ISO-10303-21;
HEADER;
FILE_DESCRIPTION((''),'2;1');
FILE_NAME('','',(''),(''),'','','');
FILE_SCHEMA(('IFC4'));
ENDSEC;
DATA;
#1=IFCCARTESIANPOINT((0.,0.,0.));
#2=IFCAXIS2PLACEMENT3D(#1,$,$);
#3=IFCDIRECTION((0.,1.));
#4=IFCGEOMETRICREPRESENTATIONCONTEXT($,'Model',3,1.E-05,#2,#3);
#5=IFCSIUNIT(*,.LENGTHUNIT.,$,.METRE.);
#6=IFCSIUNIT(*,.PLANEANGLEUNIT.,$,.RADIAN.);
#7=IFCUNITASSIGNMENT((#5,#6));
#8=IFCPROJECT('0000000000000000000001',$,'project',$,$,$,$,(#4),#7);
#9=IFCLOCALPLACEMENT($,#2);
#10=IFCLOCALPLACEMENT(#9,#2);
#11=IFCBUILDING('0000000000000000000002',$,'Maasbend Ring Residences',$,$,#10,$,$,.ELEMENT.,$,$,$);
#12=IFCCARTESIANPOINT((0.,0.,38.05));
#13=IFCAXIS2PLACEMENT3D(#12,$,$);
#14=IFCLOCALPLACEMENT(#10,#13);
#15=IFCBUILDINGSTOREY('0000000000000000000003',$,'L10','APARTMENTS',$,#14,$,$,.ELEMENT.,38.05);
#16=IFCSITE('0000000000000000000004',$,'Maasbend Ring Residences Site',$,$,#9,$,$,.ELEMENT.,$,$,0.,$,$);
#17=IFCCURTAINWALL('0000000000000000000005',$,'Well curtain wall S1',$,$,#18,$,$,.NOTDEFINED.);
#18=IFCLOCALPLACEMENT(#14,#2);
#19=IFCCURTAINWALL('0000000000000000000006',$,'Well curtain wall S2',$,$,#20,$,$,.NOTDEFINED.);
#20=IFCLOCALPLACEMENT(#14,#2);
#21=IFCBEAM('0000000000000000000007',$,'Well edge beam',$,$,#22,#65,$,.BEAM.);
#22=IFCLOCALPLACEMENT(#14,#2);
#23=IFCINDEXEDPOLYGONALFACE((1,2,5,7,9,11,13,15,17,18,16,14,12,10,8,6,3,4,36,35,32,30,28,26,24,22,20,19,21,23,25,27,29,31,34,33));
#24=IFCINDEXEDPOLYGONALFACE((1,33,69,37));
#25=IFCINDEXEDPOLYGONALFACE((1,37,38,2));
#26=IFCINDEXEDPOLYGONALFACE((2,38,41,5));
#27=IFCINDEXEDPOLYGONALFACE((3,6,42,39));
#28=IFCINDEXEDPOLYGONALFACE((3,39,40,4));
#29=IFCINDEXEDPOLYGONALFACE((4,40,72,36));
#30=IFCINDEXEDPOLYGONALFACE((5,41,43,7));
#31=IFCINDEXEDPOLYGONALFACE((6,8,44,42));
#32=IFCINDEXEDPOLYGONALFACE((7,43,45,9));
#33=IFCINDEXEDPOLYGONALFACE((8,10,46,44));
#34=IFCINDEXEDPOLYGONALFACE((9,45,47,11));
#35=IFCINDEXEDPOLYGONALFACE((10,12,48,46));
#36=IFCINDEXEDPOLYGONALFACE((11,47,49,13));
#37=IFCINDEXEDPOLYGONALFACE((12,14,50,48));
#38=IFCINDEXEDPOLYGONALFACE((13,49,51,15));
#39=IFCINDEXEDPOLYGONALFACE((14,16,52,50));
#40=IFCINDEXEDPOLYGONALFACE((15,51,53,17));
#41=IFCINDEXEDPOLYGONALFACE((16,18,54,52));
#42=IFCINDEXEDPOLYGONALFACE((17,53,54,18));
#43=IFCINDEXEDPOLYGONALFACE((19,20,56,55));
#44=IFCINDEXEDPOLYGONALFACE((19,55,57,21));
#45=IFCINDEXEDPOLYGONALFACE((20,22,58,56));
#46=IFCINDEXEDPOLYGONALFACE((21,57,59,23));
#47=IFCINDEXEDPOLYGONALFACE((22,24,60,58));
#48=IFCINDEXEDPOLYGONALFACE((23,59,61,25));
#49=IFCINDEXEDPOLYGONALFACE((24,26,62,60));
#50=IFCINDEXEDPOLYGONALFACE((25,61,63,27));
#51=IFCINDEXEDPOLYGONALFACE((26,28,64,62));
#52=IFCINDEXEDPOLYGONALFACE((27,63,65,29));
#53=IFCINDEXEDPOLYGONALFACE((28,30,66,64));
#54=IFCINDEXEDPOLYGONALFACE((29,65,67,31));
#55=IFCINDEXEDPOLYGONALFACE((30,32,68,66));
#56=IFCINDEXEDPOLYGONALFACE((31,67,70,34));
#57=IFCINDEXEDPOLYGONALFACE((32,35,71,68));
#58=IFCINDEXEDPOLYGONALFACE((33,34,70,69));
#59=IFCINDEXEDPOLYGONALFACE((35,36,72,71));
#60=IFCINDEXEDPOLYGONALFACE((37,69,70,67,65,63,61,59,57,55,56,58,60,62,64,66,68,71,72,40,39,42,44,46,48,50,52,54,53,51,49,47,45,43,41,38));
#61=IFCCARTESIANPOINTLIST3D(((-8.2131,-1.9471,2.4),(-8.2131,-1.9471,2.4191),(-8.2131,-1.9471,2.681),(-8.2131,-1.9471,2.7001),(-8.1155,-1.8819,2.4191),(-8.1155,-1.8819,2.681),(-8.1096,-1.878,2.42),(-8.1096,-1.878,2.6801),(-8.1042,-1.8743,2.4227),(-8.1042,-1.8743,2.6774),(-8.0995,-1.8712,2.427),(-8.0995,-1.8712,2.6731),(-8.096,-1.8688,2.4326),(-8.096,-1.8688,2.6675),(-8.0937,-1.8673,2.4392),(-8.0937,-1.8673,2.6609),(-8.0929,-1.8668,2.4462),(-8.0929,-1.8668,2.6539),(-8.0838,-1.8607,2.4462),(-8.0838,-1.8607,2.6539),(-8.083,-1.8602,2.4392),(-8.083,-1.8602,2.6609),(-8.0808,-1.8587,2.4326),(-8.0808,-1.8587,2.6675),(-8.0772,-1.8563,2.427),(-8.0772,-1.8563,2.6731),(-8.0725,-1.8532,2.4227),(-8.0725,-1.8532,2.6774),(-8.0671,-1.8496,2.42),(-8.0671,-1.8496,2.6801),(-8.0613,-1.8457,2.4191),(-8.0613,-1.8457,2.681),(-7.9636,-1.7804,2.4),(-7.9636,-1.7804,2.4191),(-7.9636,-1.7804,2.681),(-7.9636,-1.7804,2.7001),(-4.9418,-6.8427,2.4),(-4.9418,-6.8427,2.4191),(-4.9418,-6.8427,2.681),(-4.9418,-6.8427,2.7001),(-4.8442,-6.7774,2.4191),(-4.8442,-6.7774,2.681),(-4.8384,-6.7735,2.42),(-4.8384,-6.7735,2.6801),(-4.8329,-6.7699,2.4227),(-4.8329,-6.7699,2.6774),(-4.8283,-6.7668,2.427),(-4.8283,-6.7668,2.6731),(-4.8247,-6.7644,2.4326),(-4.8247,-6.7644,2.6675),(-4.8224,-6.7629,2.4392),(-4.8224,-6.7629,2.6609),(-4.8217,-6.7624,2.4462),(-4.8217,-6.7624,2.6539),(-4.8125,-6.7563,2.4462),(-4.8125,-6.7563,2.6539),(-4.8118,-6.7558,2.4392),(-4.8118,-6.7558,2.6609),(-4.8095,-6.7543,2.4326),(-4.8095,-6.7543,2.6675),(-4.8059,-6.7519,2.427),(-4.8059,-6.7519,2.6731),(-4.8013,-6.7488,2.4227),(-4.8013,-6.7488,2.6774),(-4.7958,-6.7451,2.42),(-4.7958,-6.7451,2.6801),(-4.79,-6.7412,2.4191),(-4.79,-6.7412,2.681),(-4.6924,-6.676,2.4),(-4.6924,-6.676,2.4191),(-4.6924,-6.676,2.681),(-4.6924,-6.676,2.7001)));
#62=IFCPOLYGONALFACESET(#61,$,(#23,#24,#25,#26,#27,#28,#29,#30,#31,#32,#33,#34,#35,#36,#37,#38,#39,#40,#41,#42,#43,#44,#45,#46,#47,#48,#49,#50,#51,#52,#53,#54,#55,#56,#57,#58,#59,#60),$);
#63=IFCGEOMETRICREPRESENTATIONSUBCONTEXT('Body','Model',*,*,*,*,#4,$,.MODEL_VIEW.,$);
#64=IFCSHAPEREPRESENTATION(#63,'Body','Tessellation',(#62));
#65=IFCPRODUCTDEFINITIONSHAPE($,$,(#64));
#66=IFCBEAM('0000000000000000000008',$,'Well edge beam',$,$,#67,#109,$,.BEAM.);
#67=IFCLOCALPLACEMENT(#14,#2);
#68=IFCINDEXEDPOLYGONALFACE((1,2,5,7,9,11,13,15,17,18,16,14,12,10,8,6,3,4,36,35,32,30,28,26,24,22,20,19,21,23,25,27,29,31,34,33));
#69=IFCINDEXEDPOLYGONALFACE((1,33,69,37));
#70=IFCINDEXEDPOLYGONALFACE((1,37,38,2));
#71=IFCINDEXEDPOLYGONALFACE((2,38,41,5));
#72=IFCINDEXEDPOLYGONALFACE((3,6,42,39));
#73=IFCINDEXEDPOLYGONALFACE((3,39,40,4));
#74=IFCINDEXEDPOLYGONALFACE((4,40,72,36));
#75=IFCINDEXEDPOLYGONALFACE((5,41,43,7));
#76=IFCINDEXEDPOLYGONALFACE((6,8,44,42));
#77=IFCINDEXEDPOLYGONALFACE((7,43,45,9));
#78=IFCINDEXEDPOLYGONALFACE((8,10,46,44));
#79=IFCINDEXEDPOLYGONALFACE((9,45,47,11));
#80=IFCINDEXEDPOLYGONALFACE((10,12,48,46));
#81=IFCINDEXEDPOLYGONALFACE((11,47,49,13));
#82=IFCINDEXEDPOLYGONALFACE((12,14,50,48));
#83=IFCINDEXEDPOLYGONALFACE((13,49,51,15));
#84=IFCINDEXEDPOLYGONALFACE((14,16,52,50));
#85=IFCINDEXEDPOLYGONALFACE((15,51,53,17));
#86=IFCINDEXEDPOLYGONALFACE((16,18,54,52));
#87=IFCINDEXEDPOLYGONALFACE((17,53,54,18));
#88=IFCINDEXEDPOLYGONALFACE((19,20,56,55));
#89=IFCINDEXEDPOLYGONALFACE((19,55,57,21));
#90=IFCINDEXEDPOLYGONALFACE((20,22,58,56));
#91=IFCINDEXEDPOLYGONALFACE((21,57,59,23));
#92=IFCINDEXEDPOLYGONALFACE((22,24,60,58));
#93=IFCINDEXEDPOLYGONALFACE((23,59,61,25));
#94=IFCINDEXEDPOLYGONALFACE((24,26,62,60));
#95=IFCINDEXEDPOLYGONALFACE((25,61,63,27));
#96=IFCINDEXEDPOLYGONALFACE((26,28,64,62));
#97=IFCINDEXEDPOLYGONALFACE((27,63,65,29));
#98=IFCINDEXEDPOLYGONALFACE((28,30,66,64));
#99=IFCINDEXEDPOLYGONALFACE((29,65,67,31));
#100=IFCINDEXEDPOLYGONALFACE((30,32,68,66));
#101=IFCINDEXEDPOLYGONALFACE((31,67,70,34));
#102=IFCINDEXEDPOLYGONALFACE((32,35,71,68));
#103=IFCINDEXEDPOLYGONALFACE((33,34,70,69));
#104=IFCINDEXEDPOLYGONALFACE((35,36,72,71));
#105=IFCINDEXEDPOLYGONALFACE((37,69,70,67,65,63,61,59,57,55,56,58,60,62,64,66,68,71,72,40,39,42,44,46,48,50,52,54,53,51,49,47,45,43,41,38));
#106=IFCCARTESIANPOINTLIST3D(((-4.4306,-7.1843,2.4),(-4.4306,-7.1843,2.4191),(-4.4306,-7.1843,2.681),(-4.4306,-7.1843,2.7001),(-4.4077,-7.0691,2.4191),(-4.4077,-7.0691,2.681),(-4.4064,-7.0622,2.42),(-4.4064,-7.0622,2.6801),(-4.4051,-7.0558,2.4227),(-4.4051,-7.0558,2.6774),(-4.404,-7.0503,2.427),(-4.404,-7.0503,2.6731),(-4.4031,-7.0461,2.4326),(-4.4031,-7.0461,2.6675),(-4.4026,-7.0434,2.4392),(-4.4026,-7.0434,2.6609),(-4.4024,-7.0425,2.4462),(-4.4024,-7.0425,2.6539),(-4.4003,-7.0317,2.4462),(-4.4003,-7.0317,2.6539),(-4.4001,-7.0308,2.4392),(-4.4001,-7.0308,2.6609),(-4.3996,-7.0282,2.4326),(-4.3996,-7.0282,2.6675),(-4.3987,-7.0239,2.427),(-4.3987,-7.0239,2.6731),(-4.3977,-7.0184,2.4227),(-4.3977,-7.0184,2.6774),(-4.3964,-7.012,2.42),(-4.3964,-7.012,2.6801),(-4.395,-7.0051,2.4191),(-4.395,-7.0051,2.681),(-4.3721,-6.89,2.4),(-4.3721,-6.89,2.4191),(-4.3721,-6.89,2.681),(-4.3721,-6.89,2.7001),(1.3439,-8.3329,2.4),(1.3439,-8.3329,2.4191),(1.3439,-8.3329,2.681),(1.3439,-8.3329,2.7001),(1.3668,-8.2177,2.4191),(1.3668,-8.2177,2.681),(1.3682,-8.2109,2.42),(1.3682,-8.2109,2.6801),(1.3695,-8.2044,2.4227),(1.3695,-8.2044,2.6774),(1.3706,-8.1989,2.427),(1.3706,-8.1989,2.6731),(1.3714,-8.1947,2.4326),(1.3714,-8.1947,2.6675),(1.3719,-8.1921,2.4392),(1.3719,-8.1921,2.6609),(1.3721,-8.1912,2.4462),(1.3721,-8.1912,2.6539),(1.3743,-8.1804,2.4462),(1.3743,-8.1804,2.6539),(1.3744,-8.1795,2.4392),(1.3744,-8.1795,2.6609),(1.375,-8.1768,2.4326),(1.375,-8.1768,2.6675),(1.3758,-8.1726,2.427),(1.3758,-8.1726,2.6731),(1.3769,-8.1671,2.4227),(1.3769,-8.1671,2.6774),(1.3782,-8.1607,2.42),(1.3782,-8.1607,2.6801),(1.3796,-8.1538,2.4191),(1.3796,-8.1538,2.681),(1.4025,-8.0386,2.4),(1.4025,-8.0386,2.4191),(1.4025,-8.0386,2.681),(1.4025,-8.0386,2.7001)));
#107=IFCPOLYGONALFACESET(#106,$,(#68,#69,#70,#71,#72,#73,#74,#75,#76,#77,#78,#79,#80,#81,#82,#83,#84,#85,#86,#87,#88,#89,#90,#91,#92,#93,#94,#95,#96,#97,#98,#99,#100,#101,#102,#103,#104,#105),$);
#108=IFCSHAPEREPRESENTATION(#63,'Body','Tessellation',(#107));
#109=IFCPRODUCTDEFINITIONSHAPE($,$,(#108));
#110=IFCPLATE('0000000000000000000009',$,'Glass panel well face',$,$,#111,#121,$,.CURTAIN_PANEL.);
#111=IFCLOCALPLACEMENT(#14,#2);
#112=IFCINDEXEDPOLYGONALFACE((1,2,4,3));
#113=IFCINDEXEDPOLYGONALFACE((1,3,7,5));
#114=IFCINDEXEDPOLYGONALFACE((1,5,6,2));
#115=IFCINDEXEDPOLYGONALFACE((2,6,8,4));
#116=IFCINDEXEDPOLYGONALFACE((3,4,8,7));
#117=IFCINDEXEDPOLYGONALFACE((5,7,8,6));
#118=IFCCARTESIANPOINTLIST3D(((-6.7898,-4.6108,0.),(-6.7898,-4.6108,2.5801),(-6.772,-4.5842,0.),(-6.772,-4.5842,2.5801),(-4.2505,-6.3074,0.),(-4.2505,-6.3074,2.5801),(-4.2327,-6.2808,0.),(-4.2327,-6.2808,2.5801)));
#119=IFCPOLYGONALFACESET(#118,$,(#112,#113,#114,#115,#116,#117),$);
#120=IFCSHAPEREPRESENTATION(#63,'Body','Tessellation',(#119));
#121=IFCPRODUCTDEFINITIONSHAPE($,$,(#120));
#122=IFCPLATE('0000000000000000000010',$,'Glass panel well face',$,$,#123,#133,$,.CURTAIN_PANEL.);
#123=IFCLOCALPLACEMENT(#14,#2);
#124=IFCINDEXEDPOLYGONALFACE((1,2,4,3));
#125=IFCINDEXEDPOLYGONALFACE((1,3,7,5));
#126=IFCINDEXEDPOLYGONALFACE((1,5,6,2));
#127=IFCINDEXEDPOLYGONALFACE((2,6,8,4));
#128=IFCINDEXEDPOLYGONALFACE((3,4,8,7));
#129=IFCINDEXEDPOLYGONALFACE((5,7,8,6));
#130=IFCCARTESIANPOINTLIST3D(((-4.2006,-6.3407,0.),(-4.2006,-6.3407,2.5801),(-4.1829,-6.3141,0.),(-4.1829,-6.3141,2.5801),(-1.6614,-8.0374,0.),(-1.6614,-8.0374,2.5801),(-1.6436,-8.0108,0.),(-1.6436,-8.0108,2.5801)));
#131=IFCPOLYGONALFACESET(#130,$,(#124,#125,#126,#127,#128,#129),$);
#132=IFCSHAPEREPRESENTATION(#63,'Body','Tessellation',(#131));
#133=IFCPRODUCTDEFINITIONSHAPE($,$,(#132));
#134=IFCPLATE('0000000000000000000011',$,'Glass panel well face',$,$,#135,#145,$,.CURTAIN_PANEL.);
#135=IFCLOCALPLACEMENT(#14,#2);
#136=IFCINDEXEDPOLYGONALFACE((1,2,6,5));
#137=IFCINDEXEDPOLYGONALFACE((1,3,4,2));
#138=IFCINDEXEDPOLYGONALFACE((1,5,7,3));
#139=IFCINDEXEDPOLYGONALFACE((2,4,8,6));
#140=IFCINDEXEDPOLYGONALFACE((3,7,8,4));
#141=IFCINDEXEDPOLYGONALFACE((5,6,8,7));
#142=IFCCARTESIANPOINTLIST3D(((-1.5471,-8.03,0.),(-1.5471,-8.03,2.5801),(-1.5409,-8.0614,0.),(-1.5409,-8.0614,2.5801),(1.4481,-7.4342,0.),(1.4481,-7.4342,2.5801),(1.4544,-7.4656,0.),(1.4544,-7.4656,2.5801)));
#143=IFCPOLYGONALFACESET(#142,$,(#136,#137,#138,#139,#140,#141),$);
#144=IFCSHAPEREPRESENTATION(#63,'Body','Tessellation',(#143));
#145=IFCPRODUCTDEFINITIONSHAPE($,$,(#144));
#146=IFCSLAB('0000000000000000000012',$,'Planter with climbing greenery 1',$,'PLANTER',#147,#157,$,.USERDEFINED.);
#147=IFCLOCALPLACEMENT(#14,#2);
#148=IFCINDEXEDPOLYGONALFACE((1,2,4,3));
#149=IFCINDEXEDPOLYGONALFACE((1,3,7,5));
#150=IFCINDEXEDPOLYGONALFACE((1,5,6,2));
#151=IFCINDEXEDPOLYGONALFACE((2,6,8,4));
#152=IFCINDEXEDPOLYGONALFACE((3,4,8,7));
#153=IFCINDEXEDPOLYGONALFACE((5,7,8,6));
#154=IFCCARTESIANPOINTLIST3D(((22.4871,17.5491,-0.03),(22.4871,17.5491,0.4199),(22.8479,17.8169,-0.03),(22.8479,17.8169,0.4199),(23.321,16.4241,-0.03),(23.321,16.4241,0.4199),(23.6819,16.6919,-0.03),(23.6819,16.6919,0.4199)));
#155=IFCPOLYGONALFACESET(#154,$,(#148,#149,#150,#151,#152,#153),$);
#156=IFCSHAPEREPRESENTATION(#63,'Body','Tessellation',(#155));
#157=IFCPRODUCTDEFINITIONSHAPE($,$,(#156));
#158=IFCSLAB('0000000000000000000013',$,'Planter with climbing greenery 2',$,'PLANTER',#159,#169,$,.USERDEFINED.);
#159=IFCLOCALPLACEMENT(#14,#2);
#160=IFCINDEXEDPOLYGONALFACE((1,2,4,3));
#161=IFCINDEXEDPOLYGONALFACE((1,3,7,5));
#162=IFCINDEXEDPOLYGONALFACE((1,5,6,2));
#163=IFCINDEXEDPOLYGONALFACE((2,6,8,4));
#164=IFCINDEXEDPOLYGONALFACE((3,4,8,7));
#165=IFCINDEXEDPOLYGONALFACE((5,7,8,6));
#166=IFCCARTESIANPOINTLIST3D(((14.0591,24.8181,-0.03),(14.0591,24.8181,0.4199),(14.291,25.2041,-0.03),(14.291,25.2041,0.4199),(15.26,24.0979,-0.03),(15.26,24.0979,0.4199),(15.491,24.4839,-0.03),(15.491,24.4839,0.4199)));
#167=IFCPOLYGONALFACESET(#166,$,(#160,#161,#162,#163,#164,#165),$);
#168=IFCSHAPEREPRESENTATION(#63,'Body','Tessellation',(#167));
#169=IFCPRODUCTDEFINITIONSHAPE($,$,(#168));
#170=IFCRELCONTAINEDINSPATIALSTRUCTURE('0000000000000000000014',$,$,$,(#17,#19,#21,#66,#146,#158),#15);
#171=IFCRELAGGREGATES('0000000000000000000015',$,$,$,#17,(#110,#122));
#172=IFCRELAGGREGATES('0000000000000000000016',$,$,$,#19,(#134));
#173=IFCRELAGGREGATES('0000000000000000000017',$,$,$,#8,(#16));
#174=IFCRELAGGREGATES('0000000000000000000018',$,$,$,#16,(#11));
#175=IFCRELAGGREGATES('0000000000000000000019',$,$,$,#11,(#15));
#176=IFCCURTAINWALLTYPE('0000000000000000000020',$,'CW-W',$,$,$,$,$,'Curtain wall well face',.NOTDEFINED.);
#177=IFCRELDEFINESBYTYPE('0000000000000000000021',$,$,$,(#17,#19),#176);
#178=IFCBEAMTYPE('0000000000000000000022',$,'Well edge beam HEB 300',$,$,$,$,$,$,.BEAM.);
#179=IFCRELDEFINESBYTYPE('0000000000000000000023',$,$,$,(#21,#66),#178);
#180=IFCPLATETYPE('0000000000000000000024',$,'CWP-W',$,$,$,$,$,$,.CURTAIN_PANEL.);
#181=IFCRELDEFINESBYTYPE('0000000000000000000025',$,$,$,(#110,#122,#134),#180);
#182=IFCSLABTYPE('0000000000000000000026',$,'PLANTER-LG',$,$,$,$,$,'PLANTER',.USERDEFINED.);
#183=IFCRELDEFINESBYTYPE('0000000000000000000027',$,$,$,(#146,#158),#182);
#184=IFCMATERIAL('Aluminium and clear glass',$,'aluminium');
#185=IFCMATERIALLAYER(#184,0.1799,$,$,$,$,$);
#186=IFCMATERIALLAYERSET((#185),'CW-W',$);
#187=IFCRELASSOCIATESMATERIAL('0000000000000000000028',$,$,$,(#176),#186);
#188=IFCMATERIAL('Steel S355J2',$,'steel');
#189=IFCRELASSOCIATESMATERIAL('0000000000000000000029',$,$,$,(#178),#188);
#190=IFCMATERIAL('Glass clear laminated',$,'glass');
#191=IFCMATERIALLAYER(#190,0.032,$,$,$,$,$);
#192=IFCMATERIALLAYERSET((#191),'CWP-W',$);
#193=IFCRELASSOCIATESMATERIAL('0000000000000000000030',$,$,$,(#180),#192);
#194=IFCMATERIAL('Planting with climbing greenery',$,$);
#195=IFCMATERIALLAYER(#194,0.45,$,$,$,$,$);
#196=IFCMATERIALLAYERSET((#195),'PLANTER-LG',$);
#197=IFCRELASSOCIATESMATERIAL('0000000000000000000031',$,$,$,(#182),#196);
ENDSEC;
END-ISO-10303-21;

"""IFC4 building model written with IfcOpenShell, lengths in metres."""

from ifc_helpers import new_model, si_unit, direction, frame, origin, origin_2d, place, context, subcontext, project, spatial, polyline, rectangle, i_section, outline, extrude, material, layer, layer_set, material_profile, profile_set, type_object, element, aggregate, save


model = new_model("IFC4")

# Units and contexts
model_context = context("Model", 3, precision=1e-05, world=origin(), true_north=direction((0.0, 1.0)))
body_context = subcontext(model_context, "Body", "Model", "MODEL_VIEW")
ifc_project = project(units=[si_unit("LENGTHUNIT", "METRE"), si_unit("PLANEANGLEUNIT", "RADIAN")], contexts=[model_context])

# Site, building, storey
site_placement = place(None, origin())
site = spatial("IfcSite", under=ifc_project, at=site_placement, Name="Maasbend Ring Residences Site", CompositionType="ELEMENT", RefElevation=0.0)
building_placement = place(site_placement, origin())
building = spatial("IfcBuilding", under=site, at=building_placement, Name="Maasbend Ring Residences", CompositionType="ELEMENT")
storey_placement = place(building_placement, frame((0.0, 0.0, 38.05)))
storey = spatial("IfcBuildingStorey", under=building, at=storey_placement, Name="L10", Description="APARTMENTS", CompositionType="ELEMENT", Elevation=38.05)

# Curtain wall
ifc_material_1 = material(Name="Aluminium and clear glass", Category="aluminium")
ifc_layer_1 = layer(ifc_material_1, 0.1799)
ifc_layer_set_1 = layer_set([ifc_layer_1], Name="CW-W")
curtain_wall_type = type_object("IfcCurtainWallType", Name="CW-W", ElementType="Curtain wall well face", PredefinedType="NOTDEFINED", material=ifc_layer_set_1)
curtain_wall_1_placement = place(storey_placement, origin())
curtain_wall_1 = element("IfcCurtainWall", 1, at=curtain_wall_1_placement, inside=storey, type_object=curtain_wall_type, Name="Well curtain wall S1", PredefinedType="NOTDEFINED")

# Curtain wall
curtain_wall_2_placement = place(storey_placement, origin())
curtain_wall_2 = element("IfcCurtainWall", 2, at=curtain_wall_2_placement, inside=storey, type_object=curtain_wall_type, Name="Well curtain wall S2", PredefinedType="NOTDEFINED")

# Beams
ifc_material_2 = material(Name="Steel S355J2", Category="steel")
ifc_material_profile_1 = material_profile(ifc_material_2, i_section(OverallWidth=0.3, OverallDepth=0.3, WebThickness=0.011, FlangeThickness=0.019, FilletRadius=0.0271, at=origin_2d()), Name="HEB 300")
ifc_profile_set_1 = profile_set([ifc_material_profile_1], Name="Steel S355J2")
beam_type = type_object("IfcBeamType", Name="Well edge beam HEB 300", PredefinedType="BEAM", material=ifc_profile_set_1)
beam_1_placement = place(storey_placement, frame((-8.0884, -1.8638, 2.55), z_axis=(0.55559, -0.831457, 0.0), x_axis=(0.831457, 0.55559, 0.0)))
element("IfcBeam", 3, at=beam_1_placement, inside=storey, type_object=beam_type, Name="Well edge beam", PredefinedType="BEAM", context=body_context, shape_type="SweptSolid", body=[
    extrude(i_section(OverallWidth=0.3, OverallDepth=0.3, WebThickness=0.011, FlangeThickness=0.019, FilletRadius=0.0271, at=origin_2d()), origin(), (0.0, 0.0, 1.0), 5.8879),
])
beam_2_placement = place(storey_placement, frame((-4.4014, -7.0371, 2.55), z_axis=(0.980784, -0.195095, 0.0), x_axis=(0.195095, 0.980784, 0.0)))
element("IfcBeam", 4, at=beam_2_placement, inside=storey, type_object=beam_type, Name="Well edge beam", PredefinedType="BEAM", context=body_context, shape_type="SweptSolid", body=[
    extrude(i_section(OverallWidth=0.3, OverallDepth=0.3, WebThickness=0.011, FlangeThickness=0.019, FilletRadius=0.0271, at=origin_2d()), origin(), (0.0, 0.0, 1.0), 5.8877),
])

# Plates
ifc_material_3 = material(Name="Glass clear laminated", Category="glass")
ifc_layer_2 = layer(ifc_material_3, 0.032)
ifc_layer_set_2 = layer_set([ifc_layer_2], Name="CWP-W")
plate_type = type_object("IfcPlateType", Name="CWP-W", PredefinedType="CURTAIN_PANEL", material=ifc_layer_set_2)
plate_1_placement = place(storey_placement, frame((-5.5112, -5.4458, 0.0), z_axis=(0.0, 0.0, 1.0), x_axis=(0.83147, -0.55557, 0.0)))
plate_1 = element("IfcPlate", 5, at=plate_1_placement, type_object=plate_type, Name="Glass panel well face", PredefinedType="CURTAIN_PANEL", context=body_context, shape_type="SweptSolid", body=[
    extrude(rectangle(XDim=3.054, YDim=0.032, at=origin_2d()), origin(), (0.0, 0.0, 1.0), 2.5801),
])
plate_2_placement = place(storey_placement, frame((-2.9221, -7.1758, 0.0), z_axis=(0.0, 0.0, 1.0), x_axis=(0.83147, -0.55557, 0.0)))
plate_2 = element("IfcPlate", 6, at=plate_2_placement, type_object=plate_type, Name="Glass panel well face", PredefinedType="CURTAIN_PANEL", context=body_context, shape_type="SweptSolid", body=[
    extrude(rectangle(XDim=3.054, YDim=0.032, at=origin_2d()), origin(), (0.0, 0.0, 1.0), 2.5801),
])
aggregate(curtain_wall_1, [plate_1, plate_2])
plate_3_placement = place(storey_placement, frame((-0.0464, -7.7478, 0.0), z_axis=(0.0, 0.0, 1.0), x_axis=(0.980785, 0.19509, 0.0)))
plate_3 = element("IfcPlate", 7, at=plate_3_placement, type_object=plate_type, Name="Glass panel well face", PredefinedType="CURTAIN_PANEL", context=body_context, shape_type="SweptSolid", body=[
    extrude(rectangle(XDim=3.054, YDim=0.032, at=origin_2d()), origin(), (0.0, 0.0, 1.0), 2.5801),
])
aggregate(curtain_wall_2, [plate_3])

# Slabs
ifc_material_4 = material(Name="Planting with climbing greenery")
ifc_layer_3 = layer(ifc_material_4, 0.45)
ifc_layer_set_3 = layer_set([ifc_layer_3], Name="PLANTER-LG")
slab_type_1 = type_object("IfcSlabType", Name="PLANTER-LG", ElementType="PLANTER", PredefinedType="USERDEFINED", material=ifc_layer_set_3)
slab_1_placement = place(storey_placement, frame((0.0, 0.0, -0.03)))
element("IfcSlab", 8, at=slab_1_placement, inside=storey, type_object=slab_type_1, Name="Planter with climbing greenery 1", ObjectType="PLANTER", PredefinedType="USERDEFINED", context=body_context, shape_type="SweptSolid", body=[
    extrude(outline(polyline([(23.6819, 16.6919), (22.8479, 17.8169), (22.4871, 17.5491), (23.321, 16.4241), (23.6819, 16.6919)])), origin(), (0.0, 0.0, 1.0), 0.45),
])
slab_2_placement = place(storey_placement, frame((0.0, 0.0, -0.03)))
element("IfcSlab", 9, at=slab_2_placement, inside=storey, type_object=slab_type_1, Name="Planter with climbing greenery 2", ObjectType="PLANTER", PredefinedType="USERDEFINED", context=body_context, shape_type="SweptSolid", body=[
    extrude(outline(polyline([(15.491, 24.4839), (14.291, 25.2041), (14.0591, 24.8181), (15.26, 24.0979), (15.491, 24.4839)])), origin(), (0.0, 0.0, 1.0), 0.45),
])

save(model, "model.ifc")
